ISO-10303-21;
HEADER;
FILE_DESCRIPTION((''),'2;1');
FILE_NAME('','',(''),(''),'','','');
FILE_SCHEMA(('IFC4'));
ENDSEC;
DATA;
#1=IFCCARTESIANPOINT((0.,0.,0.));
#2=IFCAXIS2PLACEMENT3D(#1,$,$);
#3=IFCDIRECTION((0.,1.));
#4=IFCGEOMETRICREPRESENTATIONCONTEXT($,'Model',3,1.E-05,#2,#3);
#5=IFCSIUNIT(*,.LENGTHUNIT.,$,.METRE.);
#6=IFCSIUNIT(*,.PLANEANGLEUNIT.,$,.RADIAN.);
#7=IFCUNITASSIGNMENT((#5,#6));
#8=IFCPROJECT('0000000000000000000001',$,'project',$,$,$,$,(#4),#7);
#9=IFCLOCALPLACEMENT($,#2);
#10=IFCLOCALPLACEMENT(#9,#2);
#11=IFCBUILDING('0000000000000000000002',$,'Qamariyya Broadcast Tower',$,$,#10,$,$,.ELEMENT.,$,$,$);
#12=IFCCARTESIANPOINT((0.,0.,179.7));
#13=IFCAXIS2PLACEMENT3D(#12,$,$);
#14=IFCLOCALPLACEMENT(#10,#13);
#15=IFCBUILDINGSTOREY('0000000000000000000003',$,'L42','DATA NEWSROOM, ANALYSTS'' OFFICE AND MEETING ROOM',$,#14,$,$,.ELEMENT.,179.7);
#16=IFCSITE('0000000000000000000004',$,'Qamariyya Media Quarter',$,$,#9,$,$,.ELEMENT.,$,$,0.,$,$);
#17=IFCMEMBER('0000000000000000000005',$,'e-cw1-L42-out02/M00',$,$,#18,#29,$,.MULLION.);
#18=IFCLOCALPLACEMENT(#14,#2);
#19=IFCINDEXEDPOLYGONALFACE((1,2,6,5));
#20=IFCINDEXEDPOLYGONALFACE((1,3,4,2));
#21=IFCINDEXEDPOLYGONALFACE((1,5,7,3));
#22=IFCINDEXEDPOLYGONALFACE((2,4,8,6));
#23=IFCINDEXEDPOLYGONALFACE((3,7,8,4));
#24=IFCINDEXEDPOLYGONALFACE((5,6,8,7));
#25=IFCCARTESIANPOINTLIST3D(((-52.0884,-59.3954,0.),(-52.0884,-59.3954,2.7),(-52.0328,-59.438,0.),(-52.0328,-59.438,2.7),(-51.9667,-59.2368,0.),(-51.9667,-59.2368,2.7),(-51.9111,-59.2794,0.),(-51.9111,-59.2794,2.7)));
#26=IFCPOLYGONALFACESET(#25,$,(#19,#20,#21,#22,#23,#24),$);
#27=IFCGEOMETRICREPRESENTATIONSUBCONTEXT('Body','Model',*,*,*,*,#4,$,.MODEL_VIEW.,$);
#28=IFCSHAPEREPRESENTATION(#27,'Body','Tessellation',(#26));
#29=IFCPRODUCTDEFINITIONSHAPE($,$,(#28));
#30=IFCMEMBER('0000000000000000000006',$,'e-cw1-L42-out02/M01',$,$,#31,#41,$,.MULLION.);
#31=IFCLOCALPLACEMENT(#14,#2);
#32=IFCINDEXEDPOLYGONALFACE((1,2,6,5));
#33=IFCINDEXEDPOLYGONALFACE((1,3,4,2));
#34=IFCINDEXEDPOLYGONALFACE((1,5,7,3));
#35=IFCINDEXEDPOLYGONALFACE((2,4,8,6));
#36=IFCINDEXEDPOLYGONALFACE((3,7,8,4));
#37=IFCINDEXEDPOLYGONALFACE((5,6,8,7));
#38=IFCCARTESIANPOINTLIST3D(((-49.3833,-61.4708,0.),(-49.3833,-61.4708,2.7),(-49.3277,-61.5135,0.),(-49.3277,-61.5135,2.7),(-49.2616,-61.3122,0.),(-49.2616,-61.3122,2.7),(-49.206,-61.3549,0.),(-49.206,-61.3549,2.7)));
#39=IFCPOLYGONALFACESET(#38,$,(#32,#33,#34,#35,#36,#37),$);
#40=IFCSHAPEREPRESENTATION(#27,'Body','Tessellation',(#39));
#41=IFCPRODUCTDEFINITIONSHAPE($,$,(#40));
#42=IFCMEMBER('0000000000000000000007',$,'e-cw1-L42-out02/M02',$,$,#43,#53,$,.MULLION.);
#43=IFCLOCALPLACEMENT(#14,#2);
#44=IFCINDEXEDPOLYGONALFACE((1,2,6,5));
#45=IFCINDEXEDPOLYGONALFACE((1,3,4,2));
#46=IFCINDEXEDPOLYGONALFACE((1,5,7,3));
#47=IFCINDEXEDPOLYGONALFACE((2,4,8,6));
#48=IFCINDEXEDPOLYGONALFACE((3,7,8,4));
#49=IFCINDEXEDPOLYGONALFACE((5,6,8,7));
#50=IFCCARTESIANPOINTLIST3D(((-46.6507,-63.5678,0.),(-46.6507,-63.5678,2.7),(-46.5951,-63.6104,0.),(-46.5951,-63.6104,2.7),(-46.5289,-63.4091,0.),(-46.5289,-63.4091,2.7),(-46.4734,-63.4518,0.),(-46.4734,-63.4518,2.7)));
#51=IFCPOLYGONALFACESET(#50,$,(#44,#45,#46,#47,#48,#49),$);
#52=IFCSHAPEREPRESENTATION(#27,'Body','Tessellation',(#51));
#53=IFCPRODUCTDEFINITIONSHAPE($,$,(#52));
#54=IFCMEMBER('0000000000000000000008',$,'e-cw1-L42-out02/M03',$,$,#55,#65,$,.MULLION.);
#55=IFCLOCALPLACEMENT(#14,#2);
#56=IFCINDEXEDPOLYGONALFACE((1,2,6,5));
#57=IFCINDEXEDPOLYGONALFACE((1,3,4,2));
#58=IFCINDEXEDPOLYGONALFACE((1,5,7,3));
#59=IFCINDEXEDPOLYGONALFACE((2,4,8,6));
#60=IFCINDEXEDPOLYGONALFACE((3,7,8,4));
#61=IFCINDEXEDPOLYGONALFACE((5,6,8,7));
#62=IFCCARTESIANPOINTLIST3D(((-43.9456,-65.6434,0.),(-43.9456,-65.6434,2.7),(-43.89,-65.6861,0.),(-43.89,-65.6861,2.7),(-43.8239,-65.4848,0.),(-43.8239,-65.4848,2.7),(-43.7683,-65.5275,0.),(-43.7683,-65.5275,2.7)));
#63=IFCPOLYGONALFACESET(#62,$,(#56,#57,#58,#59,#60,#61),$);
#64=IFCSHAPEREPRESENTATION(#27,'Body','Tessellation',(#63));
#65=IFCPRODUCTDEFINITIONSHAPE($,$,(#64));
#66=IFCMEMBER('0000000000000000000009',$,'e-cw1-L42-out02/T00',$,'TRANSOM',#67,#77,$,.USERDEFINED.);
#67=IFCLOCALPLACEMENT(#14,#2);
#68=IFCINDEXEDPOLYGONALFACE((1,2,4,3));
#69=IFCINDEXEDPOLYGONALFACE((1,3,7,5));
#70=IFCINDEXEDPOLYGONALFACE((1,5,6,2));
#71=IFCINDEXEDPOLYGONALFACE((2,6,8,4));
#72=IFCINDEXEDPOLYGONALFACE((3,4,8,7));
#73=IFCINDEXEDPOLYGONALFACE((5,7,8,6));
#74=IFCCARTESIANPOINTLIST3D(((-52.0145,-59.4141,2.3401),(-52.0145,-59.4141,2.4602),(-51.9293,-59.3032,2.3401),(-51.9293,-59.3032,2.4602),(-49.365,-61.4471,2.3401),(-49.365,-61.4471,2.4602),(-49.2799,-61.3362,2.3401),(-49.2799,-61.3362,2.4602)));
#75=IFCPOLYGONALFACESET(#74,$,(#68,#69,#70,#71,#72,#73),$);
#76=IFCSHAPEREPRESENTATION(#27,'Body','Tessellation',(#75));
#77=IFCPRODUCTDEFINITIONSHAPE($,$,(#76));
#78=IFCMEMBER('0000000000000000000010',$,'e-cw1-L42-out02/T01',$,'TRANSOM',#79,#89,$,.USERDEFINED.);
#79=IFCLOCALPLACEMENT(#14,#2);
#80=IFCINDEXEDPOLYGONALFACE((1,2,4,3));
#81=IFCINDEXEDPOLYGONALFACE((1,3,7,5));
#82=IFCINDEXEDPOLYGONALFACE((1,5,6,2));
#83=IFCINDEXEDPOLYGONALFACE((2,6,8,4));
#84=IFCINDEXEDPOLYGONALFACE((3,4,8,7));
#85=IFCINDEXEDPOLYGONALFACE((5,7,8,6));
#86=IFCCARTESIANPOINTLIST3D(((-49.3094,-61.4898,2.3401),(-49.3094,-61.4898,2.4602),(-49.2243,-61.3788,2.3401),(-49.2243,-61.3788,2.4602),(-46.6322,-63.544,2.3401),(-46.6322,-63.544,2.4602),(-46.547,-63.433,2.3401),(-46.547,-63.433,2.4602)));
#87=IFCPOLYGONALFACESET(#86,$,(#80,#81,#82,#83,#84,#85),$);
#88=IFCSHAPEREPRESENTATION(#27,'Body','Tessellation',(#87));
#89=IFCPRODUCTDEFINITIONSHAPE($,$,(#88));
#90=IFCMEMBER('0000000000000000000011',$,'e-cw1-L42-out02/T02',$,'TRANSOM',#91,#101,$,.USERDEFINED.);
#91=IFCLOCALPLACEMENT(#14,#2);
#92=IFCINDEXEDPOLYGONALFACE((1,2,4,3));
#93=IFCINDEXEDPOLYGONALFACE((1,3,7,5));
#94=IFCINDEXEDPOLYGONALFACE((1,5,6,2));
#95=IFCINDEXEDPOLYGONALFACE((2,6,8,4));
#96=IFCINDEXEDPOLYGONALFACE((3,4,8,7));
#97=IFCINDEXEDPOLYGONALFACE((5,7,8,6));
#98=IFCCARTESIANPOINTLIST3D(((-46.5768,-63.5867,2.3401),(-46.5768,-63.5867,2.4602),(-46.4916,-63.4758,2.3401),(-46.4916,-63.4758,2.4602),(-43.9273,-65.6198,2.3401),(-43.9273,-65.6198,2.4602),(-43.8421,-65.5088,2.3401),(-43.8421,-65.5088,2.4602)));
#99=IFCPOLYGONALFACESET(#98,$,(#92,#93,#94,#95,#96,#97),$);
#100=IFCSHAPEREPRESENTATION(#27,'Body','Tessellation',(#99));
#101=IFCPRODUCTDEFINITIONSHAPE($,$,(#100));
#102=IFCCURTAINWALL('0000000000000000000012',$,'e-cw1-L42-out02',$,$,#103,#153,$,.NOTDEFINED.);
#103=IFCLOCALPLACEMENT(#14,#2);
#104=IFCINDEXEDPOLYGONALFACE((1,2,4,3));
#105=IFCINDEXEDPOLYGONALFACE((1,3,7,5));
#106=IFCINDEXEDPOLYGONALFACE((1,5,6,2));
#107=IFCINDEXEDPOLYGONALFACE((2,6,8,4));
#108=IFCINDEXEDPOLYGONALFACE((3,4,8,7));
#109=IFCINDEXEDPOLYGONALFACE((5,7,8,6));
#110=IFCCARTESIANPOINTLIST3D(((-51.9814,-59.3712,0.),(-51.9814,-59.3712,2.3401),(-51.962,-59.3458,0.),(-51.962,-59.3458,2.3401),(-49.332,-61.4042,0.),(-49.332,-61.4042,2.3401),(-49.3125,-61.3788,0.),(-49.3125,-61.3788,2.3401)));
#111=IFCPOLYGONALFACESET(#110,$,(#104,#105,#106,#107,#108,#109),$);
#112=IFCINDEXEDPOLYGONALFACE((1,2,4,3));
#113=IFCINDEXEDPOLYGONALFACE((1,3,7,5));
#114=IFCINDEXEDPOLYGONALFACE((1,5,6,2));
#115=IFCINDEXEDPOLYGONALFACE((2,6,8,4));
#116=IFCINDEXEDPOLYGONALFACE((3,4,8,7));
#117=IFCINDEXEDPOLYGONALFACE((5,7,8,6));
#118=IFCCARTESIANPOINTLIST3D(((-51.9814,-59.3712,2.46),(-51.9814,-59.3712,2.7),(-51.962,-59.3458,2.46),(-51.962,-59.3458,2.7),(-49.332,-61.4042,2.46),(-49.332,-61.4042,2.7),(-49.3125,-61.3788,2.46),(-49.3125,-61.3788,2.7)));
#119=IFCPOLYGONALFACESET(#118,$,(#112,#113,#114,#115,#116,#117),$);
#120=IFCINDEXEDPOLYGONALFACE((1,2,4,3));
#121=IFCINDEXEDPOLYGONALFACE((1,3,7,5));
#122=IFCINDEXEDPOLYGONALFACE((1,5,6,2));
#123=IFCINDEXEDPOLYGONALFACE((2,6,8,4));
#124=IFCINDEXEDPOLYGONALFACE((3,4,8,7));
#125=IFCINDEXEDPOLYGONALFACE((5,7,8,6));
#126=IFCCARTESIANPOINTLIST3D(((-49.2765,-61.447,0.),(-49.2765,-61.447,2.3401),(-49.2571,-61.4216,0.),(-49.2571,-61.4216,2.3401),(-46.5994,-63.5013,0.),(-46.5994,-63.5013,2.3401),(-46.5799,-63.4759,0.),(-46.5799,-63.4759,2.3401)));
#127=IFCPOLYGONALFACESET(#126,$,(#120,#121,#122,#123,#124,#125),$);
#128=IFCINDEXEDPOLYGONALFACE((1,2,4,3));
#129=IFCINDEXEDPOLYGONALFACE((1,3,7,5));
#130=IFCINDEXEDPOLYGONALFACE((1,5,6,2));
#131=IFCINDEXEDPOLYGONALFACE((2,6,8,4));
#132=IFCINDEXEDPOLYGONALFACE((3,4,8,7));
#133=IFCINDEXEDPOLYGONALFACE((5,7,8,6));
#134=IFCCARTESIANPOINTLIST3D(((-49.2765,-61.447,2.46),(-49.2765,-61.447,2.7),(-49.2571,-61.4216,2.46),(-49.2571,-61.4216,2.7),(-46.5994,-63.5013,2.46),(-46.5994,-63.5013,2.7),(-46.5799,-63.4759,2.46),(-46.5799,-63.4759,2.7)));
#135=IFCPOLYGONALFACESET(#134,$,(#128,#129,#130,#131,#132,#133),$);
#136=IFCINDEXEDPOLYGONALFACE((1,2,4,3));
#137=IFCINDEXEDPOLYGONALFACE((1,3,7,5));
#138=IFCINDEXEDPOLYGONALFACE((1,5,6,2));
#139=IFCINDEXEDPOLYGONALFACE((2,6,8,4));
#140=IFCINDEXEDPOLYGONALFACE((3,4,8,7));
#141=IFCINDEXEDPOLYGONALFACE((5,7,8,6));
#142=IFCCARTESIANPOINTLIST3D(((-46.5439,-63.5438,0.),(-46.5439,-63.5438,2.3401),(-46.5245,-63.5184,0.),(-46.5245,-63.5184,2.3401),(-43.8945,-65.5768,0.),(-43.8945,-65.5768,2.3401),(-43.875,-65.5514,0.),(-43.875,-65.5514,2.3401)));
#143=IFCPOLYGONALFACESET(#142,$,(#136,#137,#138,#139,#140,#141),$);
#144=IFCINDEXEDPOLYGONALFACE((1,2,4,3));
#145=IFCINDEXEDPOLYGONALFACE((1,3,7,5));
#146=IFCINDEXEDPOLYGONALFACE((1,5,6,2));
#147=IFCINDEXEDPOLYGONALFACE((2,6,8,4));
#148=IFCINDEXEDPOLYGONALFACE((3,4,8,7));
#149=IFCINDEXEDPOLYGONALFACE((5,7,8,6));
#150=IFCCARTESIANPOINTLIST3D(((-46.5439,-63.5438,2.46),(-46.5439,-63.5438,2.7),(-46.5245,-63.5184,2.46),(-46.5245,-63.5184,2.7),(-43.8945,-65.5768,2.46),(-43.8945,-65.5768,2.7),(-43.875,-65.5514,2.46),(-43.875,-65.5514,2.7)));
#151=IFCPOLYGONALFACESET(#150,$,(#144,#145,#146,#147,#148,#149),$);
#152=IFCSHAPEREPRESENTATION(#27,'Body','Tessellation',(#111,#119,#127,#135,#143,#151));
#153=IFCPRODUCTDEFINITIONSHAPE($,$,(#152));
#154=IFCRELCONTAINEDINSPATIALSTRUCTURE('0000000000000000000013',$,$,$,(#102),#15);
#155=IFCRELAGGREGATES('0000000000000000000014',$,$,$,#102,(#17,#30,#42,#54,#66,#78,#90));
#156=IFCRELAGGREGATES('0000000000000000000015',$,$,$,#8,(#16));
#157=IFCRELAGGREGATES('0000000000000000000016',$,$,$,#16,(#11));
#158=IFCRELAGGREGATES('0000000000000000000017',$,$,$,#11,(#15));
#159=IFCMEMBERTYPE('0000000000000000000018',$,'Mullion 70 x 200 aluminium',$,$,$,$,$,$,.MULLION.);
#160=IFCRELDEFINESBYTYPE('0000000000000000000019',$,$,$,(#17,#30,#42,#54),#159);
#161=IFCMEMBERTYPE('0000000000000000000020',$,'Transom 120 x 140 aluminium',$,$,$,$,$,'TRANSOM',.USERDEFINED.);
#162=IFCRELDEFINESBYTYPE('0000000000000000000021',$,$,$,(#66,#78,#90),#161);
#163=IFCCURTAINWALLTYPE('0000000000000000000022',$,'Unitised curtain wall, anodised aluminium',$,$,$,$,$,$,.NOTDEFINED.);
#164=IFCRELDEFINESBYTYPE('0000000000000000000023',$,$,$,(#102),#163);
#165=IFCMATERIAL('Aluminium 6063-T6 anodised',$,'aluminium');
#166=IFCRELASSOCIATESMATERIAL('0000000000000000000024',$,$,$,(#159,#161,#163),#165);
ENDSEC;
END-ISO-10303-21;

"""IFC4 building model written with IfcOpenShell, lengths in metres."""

from ifc_helpers import new_model, si_unit, direction, frame, origin, origin_2d, place, context, subcontext, project, spatial, rectangle, extrude, material, material_profile, profile_set, type_object, element, aggregate, save


model = new_model("IFC4")

# Units and contexts
model_context = context("Model", 3, precision=1e-05, world=origin(), true_north=direction((0.0, 1.0)))
body_context = subcontext(model_context, "Body", "Model", "MODEL_VIEW")
ifc_project = project(units=[si_unit("LENGTHUNIT", "METRE"), si_unit("PLANEANGLEUNIT", "RADIAN")], contexts=[model_context])

# Members
ifc_material_1 = material(Name="Aluminium 6063-T6 anodised", Category="aluminium")
ifc_material_profile_1 = material_profile(ifc_material_1, rectangle(XDim=0.2, YDim=0.0701, at=origin_2d()))
ifc_profile_set_1 = profile_set([ifc_material_profile_1], Name="Aluminium 6063-T6 anodised")
member_type_1 = type_object("IfcMemberType", Name="Mullion 70 x 200 aluminium", PredefinedType="MULLION", material=ifc_profile_set_1)
site_placement = place(None, origin())
building_placement = place(site_placement, origin())
storey_placement = place(building_placement, frame((0.0, 0.0, 179.7)))
member_1_placement = place(storey_placement, frame((-51.9998, -59.3374, 0.0), z_axis=(0.0, 0.0, 1.0), x_axis=(0.608761, 0.793353, 0.0)))
member_1 = element("IfcMember", 1, at=member_1_placement, type_object=member_type_1, Name="e-cw1-L42-out02/M00", PredefinedType="MULLION", context=body_context, shape_type="SweptSolid", body=[
    extrude(rectangle(XDim=0.2, YDim=0.0701, at=origin_2d()), origin(), (0.0, 0.0, 1.0), 2.7),
])
member_2_placement = place(storey_placement, frame((-49.2947, -61.4128, 0.0), z_axis=(0.0, 0.0, 1.0), x_axis=(0.608761, 0.793353, 0.0)))
member_2 = element("IfcMember", 2, at=member_2_placement, type_object=member_type_1, Name="e-cw1-L42-out02/M01", PredefinedType="MULLION", context=body_context, shape_type="SweptSolid", body=[
    extrude(rectangle(XDim=0.2, YDim=0.0701, at=origin_2d()), origin(), (0.0, 0.0, 1.0), 2.7),
])
member_3_placement = place(storey_placement, frame((-46.562, -63.5098, 0.0), z_axis=(0.0, 0.0, 1.0), x_axis=(0.608761, 0.793353, 0.0)))
member_3 = element("IfcMember", 3, at=member_3_placement, type_object=member_type_1, Name="e-cw1-L42-out02/M02", PredefinedType="MULLION", context=body_context, shape_type="SweptSolid", body=[
    extrude(rectangle(XDim=0.2, YDim=0.0701, at=origin_2d()), origin(), (0.0, 0.0, 1.0), 2.7),
])
member_4_placement = place(storey_placement, frame((-43.8569, -65.5854, 0.0), z_axis=(0.0, 0.0, 1.0), x_axis=(0.608761, 0.793353, 0.0)))
member_4 = element("IfcMember", 4, at=member_4_placement, type_object=member_type_1, Name="e-cw1-L42-out02/M03", PredefinedType="MULLION", context=body_context, shape_type="SweptSolid", body=[
    extrude(rectangle(XDim=0.2, YDim=0.0701, at=origin_2d()), origin(), (0.0, 0.0, 1.0), 2.7),
])
ifc_material_profile_2 = material_profile(ifc_material_1, rectangle(XDim=0.1399, YDim=0.1201, at=origin_2d()))
ifc_profile_set_2 = profile_set([ifc_material_profile_2], Name="Aluminium 6063-T6 anodised")
member_type_2 = type_object("IfcMemberType", Name="Transom 120 x 140 aluminium", ElementType="TRANSOM", PredefinedType="USERDEFINED", material=ifc_profile_set_2)
member_5_placement = place(storey_placement, frame((-51.9719, -59.3586, 2.4001), z_axis=(0.793354, -0.60876, 0.0), x_axis=(0.60876, 0.793354, 0.0)))
member_5 = element("IfcMember", 5, at=member_5_placement, type_object=member_type_2, Name="e-cw1-L42-out02/T00", ObjectType="TRANSOM", PredefinedType="USERDEFINED", context=body_context, shape_type="SweptSolid", body=[
    extrude(rectangle(XDim=0.1399, YDim=0.1201, at=origin_2d()), origin(), (0.0, 0.0, 1.0), 3.3396),
])
member_6_placement = place(storey_placement, frame((-49.2668, -61.4343, 2.4001), z_axis=(0.793371, -0.608738, 0.0), x_axis=(0.608738, 0.793371, 0.0)))
member_6 = element("IfcMember", 6, at=member_6_placement, type_object=member_type_2, Name="e-cw1-L42-out02/T01", ObjectType="TRANSOM", PredefinedType="USERDEFINED", context=body_context, shape_type="SweptSolid", body=[
    extrude(rectangle(XDim=0.1399, YDim=0.1201, at=origin_2d()), origin(), (0.0, 0.0, 1.0), 3.3745),
])
member_7_placement = place(storey_placement, frame((-46.5342, -63.5312, 2.4001), z_axis=(0.793354, -0.60876, 0.0), x_axis=(0.60876, 0.793354, 0.0)))
member_7 = element("IfcMember", 7, at=member_7_placement, type_object=member_type_2, Name="e-cw1-L42-out02/T02", ObjectType="TRANSOM", PredefinedType="USERDEFINED", context=body_context, shape_type="SweptSolid", body=[
    extrude(rectangle(XDim=0.1399, YDim=0.1201, at=origin_2d()), origin(), (0.0, 0.0, 1.0), 3.3396),
])

# Site, building, storey
site = spatial("IfcSite", under=ifc_project, at=site_placement, Name="Qamariyya Media Quarter", CompositionType="ELEMENT", RefElevation=0.0)
building = spatial("IfcBuilding", under=site, at=building_placement, Name="Qamariyya Broadcast Tower", CompositionType="ELEMENT")
storey = spatial("IfcBuildingStorey", under=building, at=storey_placement, Name="L42", Description="DATA NEWSROOM, ANALYSTS' OFFICE AND MEETING ROOM", CompositionType="ELEMENT", Elevation=179.7)

# Curtain wall
curtain_wall_type = type_object("IfcCurtainWallType", Name="Unitised curtain wall, anodised aluminium", PredefinedType="NOTDEFINED", material=ifc_material_1)
curtain_wall_1_placement = place(storey_placement, origin())
curtain_wall_1 = element("IfcCurtainWall", 8, at=curtain_wall_1_placement, inside=storey, type_object=curtain_wall_type, Name="e-cw1-L42-out02", PredefinedType="NOTDEFINED", context=body_context, shape_type="SweptSolid", body=[
    extrude(rectangle(XDim=3.3396, YDim=0.032, at=origin_2d()), frame((-50.647, -60.375, 0.0), x_axis=(0.793352, -0.608764, 0.0)), (0.0, 0.0, 1.0), 2.3401),
    extrude(rectangle(XDim=3.3396, YDim=0.032, at=origin_2d()), frame((-50.647, -60.375, 2.46), x_axis=(0.793352, -0.608764, 0.0)), (0.0, 0.0, 1.0), 0.24),
    extrude(rectangle(XDim=3.3745, YDim=0.032, at=origin_2d()), frame((-47.9282, -62.4614, 0.0), x_axis=(0.793352, -0.608764, 0.0)), (0.0, 0.0, 1.0), 2.3401),
    extrude(rectangle(XDim=3.3745, YDim=0.032, at=origin_2d()), frame((-47.9282, -62.4614, 2.46), x_axis=(0.793352, -0.608764, 0.0)), (0.0, 0.0, 1.0), 0.24),
    extrude(rectangle(XDim=3.3396, YDim=0.032, at=origin_2d()), frame((-45.2095, -64.5476, 0.0), x_axis=(0.793352, -0.608764, 0.0)), (0.0, 0.0, 1.0), 2.3401),
    extrude(rectangle(XDim=3.3396, YDim=0.032, at=origin_2d()), frame((-45.2095, -64.5476, 2.46), x_axis=(0.793352, -0.608764, 0.0)), (0.0, 0.0, 1.0), 0.24),
])
aggregate(curtain_wall_1, [member_1, member_2, member_3, member_4, member_5, member_6, member_7])

save(model, "model.ifc")
